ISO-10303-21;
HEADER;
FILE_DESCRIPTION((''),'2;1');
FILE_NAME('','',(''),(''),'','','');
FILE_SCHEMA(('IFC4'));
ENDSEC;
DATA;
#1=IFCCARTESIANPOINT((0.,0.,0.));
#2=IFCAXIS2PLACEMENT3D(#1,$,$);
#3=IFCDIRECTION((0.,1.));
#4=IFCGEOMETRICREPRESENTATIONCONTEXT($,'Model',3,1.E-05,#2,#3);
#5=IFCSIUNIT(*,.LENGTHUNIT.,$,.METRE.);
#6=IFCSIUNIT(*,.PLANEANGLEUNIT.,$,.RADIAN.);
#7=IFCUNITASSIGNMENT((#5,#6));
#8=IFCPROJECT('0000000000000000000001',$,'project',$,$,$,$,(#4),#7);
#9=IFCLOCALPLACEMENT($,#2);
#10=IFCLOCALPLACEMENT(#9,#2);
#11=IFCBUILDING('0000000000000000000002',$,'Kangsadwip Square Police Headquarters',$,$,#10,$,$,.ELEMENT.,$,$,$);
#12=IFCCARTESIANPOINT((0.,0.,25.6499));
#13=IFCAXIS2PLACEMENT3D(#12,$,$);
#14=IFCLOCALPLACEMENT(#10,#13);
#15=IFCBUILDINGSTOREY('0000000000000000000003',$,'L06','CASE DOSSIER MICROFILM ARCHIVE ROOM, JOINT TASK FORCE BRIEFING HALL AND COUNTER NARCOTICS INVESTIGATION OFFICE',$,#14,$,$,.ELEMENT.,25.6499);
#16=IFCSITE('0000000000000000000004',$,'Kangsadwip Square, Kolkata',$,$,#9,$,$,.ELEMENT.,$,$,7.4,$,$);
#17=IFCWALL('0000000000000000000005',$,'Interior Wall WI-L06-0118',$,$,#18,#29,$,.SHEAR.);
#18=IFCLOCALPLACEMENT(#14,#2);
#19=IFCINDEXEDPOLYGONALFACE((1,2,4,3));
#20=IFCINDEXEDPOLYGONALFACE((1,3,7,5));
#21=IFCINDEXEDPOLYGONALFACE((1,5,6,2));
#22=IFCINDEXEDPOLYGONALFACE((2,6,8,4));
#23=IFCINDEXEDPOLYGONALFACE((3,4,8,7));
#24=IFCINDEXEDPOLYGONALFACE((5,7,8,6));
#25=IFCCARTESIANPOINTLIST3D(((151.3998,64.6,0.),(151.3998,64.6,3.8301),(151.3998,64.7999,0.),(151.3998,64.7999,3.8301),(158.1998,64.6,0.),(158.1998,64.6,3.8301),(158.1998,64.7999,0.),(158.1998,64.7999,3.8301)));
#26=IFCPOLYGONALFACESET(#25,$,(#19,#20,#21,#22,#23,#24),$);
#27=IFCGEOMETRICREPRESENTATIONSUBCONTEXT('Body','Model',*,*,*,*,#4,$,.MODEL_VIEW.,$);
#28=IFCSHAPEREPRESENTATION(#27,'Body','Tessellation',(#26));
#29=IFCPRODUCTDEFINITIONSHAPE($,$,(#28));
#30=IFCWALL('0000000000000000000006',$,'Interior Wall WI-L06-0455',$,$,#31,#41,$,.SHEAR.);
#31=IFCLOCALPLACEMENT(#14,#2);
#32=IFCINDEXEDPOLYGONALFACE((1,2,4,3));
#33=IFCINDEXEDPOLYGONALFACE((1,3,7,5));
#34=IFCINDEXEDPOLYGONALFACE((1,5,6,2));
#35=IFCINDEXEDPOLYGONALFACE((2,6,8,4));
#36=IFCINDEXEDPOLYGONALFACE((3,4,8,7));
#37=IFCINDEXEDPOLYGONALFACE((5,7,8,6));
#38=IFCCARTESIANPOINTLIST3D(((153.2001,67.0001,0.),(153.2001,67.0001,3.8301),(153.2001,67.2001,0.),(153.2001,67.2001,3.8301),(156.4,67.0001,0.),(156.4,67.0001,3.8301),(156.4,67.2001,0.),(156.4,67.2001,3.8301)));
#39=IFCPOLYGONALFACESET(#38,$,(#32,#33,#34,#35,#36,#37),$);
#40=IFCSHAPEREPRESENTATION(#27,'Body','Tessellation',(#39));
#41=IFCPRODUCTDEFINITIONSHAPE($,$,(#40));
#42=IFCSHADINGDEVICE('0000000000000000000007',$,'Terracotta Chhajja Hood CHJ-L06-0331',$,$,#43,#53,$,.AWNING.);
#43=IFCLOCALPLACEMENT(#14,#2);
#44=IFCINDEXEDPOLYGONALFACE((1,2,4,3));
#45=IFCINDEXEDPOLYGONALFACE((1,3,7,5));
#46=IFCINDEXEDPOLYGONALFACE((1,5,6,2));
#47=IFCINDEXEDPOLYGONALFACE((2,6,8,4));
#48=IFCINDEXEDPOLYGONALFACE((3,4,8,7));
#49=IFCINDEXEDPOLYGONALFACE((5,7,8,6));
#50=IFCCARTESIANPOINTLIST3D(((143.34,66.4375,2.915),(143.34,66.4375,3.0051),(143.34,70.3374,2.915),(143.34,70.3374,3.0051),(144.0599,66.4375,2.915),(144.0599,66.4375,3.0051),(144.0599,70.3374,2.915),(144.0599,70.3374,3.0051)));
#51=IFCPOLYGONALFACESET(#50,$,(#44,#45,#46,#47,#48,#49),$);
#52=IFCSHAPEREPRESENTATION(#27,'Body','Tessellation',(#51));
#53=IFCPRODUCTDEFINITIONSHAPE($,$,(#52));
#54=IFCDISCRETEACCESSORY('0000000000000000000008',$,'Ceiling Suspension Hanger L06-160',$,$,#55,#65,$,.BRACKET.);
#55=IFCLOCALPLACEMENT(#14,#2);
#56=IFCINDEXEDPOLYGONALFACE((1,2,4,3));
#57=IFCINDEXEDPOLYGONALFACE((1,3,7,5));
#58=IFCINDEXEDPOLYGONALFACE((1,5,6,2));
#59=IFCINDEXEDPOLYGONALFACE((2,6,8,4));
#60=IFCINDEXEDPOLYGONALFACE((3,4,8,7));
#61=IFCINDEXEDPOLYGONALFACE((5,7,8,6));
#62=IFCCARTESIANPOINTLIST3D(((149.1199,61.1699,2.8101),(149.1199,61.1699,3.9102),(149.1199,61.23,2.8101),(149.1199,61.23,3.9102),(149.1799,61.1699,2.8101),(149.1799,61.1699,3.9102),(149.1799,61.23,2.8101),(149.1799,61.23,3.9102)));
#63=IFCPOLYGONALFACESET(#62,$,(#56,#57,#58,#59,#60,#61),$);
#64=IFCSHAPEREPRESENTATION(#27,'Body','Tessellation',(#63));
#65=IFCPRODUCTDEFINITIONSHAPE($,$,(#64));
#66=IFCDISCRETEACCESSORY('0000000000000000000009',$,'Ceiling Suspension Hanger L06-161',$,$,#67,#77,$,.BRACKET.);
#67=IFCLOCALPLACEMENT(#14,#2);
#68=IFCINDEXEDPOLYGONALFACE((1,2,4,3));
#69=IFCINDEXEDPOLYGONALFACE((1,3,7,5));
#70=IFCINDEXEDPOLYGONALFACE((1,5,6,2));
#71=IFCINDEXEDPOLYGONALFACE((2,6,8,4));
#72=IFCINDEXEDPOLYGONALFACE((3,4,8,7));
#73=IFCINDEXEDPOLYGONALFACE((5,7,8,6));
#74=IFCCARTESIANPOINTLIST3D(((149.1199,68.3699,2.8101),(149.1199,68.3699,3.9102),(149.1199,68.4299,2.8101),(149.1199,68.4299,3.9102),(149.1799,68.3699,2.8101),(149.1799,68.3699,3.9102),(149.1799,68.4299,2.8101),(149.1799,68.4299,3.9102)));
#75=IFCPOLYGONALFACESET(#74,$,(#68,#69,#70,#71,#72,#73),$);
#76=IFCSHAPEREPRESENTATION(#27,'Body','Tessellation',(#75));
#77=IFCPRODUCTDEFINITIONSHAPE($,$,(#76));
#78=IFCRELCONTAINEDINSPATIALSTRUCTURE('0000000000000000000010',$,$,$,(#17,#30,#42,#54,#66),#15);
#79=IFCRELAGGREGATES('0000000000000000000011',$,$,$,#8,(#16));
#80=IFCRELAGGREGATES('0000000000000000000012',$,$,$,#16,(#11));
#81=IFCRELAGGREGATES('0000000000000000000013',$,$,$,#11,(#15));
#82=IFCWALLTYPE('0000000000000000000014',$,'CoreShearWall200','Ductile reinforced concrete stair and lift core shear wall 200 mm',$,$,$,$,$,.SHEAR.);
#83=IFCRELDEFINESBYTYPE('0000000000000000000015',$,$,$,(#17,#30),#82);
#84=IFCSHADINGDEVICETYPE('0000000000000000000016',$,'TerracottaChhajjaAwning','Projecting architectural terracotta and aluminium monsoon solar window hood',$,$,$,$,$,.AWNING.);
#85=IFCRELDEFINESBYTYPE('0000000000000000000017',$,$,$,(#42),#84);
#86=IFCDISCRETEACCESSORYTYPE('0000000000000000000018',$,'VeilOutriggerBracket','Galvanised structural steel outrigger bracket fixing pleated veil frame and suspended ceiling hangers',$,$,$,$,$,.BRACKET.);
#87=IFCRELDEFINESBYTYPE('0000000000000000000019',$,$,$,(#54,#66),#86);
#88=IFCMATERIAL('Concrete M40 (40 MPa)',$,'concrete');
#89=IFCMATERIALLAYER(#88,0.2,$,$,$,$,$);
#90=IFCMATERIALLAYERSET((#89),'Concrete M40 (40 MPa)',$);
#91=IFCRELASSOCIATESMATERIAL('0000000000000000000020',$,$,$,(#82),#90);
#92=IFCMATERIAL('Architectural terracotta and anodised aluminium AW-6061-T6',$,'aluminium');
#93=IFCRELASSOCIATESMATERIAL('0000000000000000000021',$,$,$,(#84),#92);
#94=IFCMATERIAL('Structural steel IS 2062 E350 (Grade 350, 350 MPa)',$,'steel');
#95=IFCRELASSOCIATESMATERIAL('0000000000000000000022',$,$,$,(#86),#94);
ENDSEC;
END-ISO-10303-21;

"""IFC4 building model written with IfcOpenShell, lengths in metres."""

from ifc_helpers import new_model, si_unit, direction, frame, frame_2d, origin, origin_2d, place, context, subcontext, project, spatial, rectangle, extrude, material, layer, layer_set, type_object, element, save


model = new_model("IFC4")

# Units and contexts
model_context = context("Model", 3, precision=1e-05, world=origin(), true_north=direction((0.0, 1.0)))
body_context = subcontext(model_context, "Body", "Model", "MODEL_VIEW")
ifc_project = project(units=[si_unit("LENGTHUNIT", "METRE"), si_unit("PLANEANGLEUNIT", "RADIAN")], contexts=[model_context])

# Site, building, storey
site_placement = place(None, origin())
site = spatial("IfcSite", under=ifc_project, at=site_placement, Name="Kangsadwip Square, Kolkata", CompositionType="ELEMENT", RefElevation=7.4)
building_placement = place(site_placement, origin())
building = spatial("IfcBuilding", under=site, at=building_placement, Name="Kangsadwip Square Police Headquarters", CompositionType="ELEMENT")
storey_placement = place(building_placement, frame((0.0, 0.0, 25.6499)))
storey = spatial("IfcBuildingStorey", under=building, at=storey_placement, Name="L06", Description="CASE DOSSIER MICROFILM ARCHIVE ROOM, JOINT TASK FORCE BRIEFING HALL AND COUNTER NARCOTICS INVESTIGATION OFFICE", CompositionType="ELEMENT", Elevation=25.6499)

# Walls
ifc_material_1 = material(Name="Concrete M40 (40 MPa)", Category="concrete")
ifc_layer_1 = layer(ifc_material_1, 0.2)
ifc_layer_set_1 = layer_set([ifc_layer_1], Name="Concrete M40 (40 MPa)")
wall_type_1 = type_object("IfcWallType", Name="CoreShearWall200", Description="Ductile reinforced concrete stair and lift core shear wall 200 mm", PredefinedType="SHEAR", material=ifc_layer_set_1)
wall_1_placement = place(storey_placement, frame((151.3999, 64.7, 0.0), z_axis=(0.0, 0.0, 1.0), x_axis=(1.0, 0.0, 0.0)))
element("IfcWall", 1, at=wall_1_placement, inside=storey, type_object=wall_type_1, Name="Interior Wall WI-L06-0118", PredefinedType="SHEAR", context=body_context, shape_type="SweptSolid", body=[
    extrude(rectangle(XDim=6.8, YDim=0.2, at=frame_2d((3.3999, 0.0))), origin(), (0.0, 0.0, 1.0), 3.8301),
])
wall_2_placement = place(storey_placement, frame((153.2, 67.1001, 0.0), z_axis=(0.0, 0.0, 1.0), x_axis=(1.0, 0.0, 0.0)))
element("IfcWall", 2, at=wall_2_placement, inside=storey, type_object=wall_type_1, Name="Interior Wall WI-L06-0455", PredefinedType="SHEAR", context=body_context, shape_type="SweptSolid", body=[
    extrude(rectangle(XDim=3.2, YDim=0.2, at=frame_2d((1.6001, 0.0))), origin(), (0.0, 0.0, 1.0), 3.8301),
])

# Shading device
ifc_material_2 = material(Name="Architectural terracotta and anodised aluminium AW-6061-T6", Category="aluminium")
shading_device_type = type_object("IfcShadingDeviceType", Name="TerracottaChhajjaAwning", Description="Projecting architectural terracotta and aluminium monsoon solar window hood", PredefinedType="AWNING", material=ifc_material_2)
shading_device_placement = place(storey_placement, frame((143.7, 68.3875, 2.915), z_axis=(0.0, 0.0, 1.0), x_axis=(0.0, 1.0, 0.0)))
element("IfcShadingDevice", 3, at=shading_device_placement, inside=storey, type_object=shading_device_type, Name="Terracotta Chhajja Hood CHJ-L06-0331", PredefinedType="AWNING", context=body_context, shape_type="SweptSolid", body=[
    extrude(rectangle(XDim=3.8999, YDim=0.72, at=origin_2d()), origin(), (0.0, 0.0, 1.0), 0.0901),
])

# Discrete accessories
ifc_material_3 = material(Name="Structural steel IS 2062 E350 (Grade 350, 350 MPa)", Category="steel")
discrete_accessory_type = type_object("IfcDiscreteAccessoryType", Name="VeilOutriggerBracket", Description="Galvanised structural steel outrigger bracket fixing pleated veil frame and suspended ceiling hangers", PredefinedType="BRACKET", material=ifc_material_3)
for number, where, z_axis, x_axis, name in (
    (4, (149.1499, 61.2, 2.8101), (0.0, 0.0, 1.0), (1.0, 0.0, 0.0), "Ceiling Suspension Hanger L06-160"),
    (5, (149.1499, 68.3999, 2.8101), (0.0, 0.0, 1.0), (1.0, 0.0, 0.0), "Ceiling Suspension Hanger L06-161"),
):
    element("IfcDiscreteAccessory", number, at=place(storey_placement, frame(where, z_axis=z_axis, x_axis=x_axis)), inside=storey, type_object=discrete_accessory_type, Name=name, PredefinedType="BRACKET", context=body_context, shape_type="SweptSolid", body=[
        extrude(rectangle(XDim=0.0601, YDim=0.0601, at=origin_2d()), origin(), (0.0, 0.0, 1.0), 1.1001),
    ])

save(model, "model.ifc")
